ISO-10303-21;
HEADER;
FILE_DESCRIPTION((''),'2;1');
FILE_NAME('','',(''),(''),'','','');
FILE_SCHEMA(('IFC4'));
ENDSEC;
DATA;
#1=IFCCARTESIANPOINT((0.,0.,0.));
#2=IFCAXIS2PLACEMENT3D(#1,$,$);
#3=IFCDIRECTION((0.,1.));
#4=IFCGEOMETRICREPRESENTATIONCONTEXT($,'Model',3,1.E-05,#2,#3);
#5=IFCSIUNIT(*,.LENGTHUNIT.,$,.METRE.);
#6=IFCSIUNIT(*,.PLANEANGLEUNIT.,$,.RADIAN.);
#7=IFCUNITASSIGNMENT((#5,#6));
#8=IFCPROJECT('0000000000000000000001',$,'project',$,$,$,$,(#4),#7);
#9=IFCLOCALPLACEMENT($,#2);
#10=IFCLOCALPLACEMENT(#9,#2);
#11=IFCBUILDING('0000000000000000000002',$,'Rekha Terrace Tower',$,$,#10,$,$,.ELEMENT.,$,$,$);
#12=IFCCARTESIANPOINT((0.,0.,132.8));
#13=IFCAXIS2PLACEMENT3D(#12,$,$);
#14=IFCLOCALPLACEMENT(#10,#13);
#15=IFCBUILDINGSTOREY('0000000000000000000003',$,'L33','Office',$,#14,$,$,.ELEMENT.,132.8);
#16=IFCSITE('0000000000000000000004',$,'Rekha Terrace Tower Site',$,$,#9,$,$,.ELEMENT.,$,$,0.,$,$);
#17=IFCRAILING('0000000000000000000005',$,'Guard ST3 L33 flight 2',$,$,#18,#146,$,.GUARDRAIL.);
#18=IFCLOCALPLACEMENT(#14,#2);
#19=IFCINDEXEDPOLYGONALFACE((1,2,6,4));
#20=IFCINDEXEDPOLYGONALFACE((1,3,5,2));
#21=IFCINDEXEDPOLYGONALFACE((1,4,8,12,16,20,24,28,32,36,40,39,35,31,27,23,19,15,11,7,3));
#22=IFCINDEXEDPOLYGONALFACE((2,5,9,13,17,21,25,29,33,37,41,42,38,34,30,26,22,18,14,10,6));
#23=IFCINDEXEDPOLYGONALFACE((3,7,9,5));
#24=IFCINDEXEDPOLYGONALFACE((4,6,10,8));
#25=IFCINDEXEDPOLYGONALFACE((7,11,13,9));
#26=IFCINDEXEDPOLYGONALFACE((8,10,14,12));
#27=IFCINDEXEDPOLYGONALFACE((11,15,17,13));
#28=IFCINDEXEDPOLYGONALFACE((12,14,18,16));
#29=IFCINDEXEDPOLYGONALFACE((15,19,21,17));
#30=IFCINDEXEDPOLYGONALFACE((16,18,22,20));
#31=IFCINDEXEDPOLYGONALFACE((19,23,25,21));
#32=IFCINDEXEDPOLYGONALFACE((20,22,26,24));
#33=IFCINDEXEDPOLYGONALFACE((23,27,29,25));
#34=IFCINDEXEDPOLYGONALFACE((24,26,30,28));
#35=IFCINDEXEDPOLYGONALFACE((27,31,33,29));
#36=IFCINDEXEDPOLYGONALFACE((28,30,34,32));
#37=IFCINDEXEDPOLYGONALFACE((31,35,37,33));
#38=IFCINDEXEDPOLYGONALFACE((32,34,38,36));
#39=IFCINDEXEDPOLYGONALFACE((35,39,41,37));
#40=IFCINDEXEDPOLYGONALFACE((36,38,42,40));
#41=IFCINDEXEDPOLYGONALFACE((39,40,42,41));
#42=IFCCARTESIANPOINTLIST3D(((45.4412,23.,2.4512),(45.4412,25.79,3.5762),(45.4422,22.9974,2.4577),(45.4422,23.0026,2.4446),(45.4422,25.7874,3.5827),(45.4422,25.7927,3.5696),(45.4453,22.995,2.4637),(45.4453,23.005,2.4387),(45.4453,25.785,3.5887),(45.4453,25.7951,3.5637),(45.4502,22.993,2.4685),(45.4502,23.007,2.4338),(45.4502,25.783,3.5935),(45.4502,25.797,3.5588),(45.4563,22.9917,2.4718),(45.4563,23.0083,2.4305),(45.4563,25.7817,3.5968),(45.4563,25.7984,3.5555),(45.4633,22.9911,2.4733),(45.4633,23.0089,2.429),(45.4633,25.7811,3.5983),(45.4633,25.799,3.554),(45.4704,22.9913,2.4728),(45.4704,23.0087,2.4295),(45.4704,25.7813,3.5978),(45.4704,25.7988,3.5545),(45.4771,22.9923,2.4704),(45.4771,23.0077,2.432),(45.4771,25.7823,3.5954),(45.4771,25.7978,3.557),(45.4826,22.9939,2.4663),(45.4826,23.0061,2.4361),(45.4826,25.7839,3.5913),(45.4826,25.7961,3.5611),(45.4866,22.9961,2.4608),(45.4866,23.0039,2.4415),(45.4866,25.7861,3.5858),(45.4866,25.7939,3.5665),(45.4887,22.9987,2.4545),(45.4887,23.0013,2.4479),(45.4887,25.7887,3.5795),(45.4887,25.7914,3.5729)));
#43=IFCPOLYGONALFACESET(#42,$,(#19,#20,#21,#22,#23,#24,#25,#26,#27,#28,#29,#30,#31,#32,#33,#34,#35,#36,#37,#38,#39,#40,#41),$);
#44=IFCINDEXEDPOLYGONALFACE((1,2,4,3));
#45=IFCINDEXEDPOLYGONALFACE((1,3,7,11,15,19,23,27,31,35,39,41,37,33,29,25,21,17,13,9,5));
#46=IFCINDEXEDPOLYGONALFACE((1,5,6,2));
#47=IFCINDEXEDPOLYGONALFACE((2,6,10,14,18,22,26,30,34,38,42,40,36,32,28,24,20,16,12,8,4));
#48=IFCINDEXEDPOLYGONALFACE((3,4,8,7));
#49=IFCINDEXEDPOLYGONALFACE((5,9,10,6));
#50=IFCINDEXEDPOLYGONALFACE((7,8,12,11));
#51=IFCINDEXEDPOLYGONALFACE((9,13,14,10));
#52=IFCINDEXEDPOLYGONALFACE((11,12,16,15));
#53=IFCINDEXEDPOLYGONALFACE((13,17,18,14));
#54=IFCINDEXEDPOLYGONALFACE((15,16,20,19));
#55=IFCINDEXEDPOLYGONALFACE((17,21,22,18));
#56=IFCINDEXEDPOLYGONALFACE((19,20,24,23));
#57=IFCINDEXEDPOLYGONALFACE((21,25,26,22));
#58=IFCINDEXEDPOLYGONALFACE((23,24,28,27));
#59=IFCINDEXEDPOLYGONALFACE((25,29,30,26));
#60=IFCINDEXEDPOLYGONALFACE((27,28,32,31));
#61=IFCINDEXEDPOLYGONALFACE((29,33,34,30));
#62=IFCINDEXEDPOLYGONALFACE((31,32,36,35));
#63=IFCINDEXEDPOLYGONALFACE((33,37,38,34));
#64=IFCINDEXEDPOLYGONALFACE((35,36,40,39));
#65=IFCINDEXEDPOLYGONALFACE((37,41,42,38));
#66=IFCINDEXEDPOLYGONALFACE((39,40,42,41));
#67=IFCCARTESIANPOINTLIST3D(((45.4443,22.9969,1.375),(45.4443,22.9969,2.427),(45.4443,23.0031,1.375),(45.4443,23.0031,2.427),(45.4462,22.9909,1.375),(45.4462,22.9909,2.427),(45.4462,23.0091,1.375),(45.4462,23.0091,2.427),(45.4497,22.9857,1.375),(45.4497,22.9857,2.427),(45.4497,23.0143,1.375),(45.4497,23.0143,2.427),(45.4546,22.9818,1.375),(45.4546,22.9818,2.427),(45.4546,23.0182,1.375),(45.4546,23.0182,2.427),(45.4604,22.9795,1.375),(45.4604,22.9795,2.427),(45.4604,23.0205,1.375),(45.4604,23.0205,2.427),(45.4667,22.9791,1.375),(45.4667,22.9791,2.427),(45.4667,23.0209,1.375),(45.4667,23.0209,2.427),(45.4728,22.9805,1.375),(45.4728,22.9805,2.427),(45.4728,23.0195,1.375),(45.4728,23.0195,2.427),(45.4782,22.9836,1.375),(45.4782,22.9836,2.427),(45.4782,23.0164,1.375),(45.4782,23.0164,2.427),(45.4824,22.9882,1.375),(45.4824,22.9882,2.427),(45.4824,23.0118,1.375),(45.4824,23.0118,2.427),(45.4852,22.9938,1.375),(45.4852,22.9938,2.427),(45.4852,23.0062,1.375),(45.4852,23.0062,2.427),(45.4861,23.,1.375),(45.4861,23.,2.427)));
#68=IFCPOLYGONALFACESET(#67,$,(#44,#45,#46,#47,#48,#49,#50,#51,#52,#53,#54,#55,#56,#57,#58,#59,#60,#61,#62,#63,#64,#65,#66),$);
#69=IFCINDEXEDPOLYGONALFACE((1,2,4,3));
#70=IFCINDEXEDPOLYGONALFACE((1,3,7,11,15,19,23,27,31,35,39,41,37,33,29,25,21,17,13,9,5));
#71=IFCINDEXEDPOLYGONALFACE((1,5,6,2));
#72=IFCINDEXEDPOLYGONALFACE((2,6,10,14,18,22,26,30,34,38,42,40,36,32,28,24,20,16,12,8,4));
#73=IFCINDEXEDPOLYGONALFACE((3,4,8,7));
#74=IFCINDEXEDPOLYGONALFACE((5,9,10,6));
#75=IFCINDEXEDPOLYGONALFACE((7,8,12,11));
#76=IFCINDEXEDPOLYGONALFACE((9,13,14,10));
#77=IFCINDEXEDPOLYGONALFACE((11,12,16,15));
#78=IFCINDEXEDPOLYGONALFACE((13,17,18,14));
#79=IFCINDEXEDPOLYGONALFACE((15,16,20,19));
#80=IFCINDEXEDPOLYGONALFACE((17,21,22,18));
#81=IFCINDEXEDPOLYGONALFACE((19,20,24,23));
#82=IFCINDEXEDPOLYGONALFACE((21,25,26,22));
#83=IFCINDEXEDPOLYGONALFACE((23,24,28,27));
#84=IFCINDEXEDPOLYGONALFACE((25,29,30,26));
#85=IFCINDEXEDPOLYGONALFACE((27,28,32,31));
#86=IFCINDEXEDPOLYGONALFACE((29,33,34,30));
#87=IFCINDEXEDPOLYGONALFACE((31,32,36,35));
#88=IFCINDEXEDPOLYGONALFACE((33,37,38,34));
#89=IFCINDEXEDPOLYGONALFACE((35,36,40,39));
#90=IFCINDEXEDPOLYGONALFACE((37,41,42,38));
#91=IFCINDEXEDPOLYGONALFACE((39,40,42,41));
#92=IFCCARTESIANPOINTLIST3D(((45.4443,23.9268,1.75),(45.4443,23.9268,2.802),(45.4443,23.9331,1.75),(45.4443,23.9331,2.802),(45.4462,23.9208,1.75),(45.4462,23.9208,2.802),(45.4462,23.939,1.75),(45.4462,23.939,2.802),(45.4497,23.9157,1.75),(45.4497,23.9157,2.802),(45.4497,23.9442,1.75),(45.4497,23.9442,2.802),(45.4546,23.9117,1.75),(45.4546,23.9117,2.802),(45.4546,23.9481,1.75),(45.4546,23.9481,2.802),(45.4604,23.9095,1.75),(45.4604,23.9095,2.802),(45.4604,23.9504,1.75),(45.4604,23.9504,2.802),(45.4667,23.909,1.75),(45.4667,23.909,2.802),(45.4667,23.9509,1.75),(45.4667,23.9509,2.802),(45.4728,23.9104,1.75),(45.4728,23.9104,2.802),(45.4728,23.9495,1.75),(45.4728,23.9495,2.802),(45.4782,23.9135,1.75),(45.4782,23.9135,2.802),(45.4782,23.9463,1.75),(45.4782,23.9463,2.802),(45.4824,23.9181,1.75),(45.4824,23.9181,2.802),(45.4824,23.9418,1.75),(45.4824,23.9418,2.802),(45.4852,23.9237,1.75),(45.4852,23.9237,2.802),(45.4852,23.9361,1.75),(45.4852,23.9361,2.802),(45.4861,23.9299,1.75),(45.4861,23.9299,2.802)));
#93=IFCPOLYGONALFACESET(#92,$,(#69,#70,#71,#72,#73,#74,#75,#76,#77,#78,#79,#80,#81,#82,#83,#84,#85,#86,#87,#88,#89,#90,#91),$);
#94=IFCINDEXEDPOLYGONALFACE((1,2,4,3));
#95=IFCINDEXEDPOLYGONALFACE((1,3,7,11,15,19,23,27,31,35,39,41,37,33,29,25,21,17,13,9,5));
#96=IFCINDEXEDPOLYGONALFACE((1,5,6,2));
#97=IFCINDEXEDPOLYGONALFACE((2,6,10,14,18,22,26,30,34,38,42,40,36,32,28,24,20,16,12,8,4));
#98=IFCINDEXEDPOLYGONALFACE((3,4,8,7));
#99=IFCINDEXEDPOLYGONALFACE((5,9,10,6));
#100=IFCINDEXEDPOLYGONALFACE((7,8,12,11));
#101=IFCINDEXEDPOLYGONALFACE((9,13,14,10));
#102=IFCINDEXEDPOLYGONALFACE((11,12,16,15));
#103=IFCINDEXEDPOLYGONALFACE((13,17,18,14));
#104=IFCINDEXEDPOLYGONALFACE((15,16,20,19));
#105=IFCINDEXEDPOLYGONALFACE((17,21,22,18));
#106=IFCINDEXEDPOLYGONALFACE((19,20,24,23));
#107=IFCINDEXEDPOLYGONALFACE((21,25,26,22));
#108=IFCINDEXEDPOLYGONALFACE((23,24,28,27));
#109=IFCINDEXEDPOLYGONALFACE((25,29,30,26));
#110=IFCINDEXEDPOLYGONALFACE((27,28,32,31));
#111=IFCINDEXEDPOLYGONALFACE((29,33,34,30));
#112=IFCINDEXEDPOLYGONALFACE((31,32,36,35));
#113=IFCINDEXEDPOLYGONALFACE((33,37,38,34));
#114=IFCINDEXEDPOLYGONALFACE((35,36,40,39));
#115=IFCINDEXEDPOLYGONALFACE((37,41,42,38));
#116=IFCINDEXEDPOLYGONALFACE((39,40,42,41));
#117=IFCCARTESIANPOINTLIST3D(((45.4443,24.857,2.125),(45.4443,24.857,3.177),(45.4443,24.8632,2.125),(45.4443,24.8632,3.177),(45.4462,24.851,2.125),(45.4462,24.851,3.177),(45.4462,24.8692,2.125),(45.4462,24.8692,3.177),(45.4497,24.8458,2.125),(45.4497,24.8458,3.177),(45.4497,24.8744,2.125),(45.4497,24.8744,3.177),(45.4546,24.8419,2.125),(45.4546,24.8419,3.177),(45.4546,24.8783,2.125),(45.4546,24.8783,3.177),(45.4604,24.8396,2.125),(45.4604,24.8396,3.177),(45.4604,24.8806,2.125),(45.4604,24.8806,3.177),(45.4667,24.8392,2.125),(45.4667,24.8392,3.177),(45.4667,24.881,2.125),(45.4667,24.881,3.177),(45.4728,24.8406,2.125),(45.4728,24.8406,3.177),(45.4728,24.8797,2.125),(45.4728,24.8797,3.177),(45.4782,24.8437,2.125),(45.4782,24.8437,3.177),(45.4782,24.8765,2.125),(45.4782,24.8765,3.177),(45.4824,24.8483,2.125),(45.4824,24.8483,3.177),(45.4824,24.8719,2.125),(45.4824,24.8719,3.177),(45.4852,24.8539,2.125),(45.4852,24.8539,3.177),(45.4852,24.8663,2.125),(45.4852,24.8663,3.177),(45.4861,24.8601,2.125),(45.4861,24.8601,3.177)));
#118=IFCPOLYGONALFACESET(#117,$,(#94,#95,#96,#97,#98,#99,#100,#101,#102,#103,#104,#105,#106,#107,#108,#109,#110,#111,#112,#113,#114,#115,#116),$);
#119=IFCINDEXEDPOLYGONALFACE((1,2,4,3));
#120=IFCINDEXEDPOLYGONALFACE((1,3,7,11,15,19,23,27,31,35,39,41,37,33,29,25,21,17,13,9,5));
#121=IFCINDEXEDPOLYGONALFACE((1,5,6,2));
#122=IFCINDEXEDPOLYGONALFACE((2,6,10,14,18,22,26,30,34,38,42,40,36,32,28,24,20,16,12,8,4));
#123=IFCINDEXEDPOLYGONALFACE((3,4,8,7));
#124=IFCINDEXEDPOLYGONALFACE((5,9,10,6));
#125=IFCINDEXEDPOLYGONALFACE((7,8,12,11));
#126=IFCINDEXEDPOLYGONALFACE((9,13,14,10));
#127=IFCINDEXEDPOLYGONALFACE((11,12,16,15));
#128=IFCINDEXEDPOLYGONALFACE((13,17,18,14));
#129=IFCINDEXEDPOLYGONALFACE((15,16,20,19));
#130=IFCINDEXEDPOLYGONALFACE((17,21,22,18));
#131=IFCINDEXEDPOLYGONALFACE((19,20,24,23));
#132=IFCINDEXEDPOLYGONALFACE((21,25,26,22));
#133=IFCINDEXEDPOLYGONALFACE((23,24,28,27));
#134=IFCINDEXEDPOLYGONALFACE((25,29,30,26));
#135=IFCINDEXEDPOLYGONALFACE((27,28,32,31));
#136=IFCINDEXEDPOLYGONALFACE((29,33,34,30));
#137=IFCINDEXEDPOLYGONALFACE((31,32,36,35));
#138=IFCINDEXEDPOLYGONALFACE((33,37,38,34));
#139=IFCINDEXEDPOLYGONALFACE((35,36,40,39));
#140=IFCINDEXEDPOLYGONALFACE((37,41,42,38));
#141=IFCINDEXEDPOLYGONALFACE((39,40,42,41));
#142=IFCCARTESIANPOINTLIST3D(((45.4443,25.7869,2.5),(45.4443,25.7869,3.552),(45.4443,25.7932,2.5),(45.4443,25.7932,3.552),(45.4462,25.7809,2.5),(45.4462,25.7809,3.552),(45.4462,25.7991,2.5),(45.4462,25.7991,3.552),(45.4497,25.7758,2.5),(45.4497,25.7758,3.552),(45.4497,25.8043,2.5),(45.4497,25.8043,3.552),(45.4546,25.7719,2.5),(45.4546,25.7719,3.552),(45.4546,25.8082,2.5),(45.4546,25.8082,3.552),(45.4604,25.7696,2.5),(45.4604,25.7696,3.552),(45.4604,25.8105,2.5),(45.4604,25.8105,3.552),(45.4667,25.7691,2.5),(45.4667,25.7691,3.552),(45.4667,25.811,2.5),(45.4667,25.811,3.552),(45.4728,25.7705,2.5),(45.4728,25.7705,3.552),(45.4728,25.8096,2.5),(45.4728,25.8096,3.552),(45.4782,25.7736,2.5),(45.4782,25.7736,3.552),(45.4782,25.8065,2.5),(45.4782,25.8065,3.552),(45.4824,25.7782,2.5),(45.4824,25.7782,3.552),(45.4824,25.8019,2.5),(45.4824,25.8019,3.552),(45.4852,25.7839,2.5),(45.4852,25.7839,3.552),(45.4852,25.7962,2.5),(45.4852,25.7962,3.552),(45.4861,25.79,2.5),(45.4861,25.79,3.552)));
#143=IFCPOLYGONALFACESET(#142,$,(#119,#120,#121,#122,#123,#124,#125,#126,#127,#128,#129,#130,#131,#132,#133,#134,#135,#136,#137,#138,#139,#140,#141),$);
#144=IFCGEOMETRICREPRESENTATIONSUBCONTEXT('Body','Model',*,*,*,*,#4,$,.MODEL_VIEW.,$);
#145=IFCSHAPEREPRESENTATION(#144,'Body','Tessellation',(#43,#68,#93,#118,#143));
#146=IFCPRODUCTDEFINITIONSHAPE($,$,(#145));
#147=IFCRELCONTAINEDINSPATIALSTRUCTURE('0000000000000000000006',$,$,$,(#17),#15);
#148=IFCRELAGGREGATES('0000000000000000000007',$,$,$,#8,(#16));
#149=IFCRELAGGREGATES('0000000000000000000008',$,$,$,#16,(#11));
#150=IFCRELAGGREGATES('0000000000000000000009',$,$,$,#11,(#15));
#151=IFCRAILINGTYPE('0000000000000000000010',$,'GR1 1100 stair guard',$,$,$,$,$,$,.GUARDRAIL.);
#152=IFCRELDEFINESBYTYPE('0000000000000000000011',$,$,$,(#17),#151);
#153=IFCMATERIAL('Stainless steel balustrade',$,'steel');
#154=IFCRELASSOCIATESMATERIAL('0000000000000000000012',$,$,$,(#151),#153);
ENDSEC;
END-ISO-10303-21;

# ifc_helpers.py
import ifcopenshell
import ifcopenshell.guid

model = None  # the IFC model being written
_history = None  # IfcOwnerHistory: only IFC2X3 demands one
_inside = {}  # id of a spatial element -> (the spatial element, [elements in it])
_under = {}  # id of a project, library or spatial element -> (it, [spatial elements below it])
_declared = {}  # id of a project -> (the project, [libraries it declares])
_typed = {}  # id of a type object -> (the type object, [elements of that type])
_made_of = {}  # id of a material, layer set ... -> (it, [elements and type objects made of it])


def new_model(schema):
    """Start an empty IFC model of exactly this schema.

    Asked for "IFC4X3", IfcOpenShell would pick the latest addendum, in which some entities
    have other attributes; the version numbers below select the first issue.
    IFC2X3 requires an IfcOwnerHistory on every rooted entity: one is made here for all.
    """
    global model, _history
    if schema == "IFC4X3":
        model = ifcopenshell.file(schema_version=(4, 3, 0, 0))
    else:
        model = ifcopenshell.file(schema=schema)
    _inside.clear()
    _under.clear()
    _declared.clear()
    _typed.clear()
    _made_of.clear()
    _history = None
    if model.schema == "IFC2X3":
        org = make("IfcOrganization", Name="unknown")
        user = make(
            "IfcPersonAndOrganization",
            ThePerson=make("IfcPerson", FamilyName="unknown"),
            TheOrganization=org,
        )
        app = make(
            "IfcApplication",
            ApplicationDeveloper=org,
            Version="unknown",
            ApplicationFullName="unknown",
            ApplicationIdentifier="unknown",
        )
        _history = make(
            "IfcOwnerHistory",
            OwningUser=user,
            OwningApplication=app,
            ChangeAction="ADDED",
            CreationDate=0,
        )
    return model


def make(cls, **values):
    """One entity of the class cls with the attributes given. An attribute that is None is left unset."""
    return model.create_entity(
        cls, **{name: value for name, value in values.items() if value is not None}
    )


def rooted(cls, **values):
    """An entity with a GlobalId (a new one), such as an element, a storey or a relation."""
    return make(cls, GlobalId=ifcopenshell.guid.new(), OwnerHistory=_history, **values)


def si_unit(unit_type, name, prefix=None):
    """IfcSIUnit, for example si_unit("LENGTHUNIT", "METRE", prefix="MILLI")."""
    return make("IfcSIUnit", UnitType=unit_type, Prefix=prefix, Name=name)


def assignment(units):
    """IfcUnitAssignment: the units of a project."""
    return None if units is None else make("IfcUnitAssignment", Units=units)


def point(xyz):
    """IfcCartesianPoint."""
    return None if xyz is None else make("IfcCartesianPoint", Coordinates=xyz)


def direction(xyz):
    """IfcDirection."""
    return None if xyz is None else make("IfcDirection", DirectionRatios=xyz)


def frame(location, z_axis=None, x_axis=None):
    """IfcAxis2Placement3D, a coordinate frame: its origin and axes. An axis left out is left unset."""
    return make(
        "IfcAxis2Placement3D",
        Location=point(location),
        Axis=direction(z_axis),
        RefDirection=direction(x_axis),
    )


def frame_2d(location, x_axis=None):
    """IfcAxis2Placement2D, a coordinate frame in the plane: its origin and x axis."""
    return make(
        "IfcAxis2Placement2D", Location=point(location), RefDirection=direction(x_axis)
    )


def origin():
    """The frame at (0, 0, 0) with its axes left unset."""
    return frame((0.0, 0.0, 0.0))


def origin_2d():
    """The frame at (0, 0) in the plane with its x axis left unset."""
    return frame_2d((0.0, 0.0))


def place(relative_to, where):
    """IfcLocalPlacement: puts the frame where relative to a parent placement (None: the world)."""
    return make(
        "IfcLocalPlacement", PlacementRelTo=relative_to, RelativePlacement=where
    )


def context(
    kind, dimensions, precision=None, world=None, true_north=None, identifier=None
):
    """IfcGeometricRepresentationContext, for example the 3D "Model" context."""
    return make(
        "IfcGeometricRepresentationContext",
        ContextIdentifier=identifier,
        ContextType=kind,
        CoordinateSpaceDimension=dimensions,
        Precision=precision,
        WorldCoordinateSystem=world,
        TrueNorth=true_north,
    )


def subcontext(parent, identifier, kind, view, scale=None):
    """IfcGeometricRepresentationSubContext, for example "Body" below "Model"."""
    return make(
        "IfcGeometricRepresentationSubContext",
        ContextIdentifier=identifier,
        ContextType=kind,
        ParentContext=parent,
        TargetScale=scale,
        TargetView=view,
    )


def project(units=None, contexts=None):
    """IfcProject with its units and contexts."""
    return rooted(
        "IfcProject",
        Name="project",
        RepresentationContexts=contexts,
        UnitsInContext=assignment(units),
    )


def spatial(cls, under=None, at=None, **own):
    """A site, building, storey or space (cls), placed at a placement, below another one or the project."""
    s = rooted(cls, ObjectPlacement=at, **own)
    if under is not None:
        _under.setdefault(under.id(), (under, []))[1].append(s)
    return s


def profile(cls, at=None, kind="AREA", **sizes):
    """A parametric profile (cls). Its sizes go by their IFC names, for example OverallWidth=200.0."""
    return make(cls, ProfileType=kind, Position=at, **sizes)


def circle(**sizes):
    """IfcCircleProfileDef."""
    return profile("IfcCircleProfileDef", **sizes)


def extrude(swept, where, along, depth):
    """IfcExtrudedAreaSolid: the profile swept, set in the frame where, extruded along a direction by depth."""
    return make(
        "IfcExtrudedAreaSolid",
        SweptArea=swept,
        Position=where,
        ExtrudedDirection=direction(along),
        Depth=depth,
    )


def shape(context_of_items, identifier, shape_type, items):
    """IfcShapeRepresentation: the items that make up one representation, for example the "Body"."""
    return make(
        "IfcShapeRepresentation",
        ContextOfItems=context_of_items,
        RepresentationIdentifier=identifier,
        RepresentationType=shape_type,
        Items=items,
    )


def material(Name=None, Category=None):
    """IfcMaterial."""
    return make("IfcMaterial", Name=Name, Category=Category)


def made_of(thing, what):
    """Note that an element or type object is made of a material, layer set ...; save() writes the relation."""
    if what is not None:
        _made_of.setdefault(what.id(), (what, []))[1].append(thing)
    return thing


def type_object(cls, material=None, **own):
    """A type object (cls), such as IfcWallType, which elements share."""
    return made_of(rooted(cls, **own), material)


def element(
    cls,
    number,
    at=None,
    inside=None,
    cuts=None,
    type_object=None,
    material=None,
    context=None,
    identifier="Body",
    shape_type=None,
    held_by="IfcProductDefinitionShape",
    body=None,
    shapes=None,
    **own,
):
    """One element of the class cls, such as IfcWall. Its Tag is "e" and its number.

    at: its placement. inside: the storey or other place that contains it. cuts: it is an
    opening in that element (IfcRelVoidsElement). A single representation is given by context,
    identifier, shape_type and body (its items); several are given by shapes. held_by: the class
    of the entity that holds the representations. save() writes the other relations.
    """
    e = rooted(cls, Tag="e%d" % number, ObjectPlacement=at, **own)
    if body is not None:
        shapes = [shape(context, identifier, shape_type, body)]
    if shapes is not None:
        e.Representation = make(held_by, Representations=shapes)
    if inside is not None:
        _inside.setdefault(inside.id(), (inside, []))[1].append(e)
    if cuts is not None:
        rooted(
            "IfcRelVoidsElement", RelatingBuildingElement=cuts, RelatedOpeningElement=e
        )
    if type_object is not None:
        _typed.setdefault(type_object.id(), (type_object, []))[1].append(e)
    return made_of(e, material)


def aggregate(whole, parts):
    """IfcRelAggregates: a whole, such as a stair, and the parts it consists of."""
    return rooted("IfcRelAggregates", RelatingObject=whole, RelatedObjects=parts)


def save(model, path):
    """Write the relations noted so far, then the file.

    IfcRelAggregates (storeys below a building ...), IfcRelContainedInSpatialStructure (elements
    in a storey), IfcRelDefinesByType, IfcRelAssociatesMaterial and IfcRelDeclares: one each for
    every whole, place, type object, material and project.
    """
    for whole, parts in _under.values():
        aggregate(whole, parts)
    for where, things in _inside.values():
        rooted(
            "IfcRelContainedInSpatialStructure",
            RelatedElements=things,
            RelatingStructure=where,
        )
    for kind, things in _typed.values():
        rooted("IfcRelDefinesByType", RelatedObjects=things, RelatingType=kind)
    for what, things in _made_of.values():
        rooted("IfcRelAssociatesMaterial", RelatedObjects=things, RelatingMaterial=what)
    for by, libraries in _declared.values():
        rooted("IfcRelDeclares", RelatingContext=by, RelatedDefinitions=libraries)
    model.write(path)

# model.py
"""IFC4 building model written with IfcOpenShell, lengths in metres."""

from ifc_helpers import new_model, si_unit, direction, frame, origin, origin_2d, place, context, subcontext, project, spatial, circle, extrude, material, type_object, element, save


model = new_model("IFC4")

# Units and contexts
model_context = context("Model", 3, precision=1e-05, world=origin(), true_north=direction((0.0, 1.0)))
body_context = subcontext(model_context, "Body", "Model", "MODEL_VIEW")
ifc_project = project(units=[si_unit("LENGTHUNIT", "METRE"), si_unit("PLANEANGLEUNIT", "RADIAN")], contexts=[model_context])

# Site, building, storey
site_placement = place(None, origin())
site = spatial("IfcSite", under=ifc_project, at=site_placement, Name="Rekha Terrace Tower Site", CompositionType="ELEMENT", RefElevation=0.0)
building_placement = place(site_placement, origin())
building = spatial("IfcBuilding", under=site, at=building_placement, Name="Rekha Terrace Tower", CompositionType="ELEMENT")
storey_placement = place(building_placement, frame((0.0, 0.0, 132.8)))
storey = spatial("IfcBuildingStorey", under=building, at=storey_placement, Name="L33", Description="Office", CompositionType="ELEMENT", Elevation=132.8)

# Railing
ifc_material_1 = material(Name="Stainless steel balustrade", Category="steel")
railing_type_1 = type_object("IfcRailingType", Name="GR1 1100 stair guard", PredefinedType="GUARDRAIL", material=ifc_material_1)
railing_1_placement = place(storey_placement, frame((45.4651, 23.0, 1.375)))
element("IfcRailing", 1, at=railing_1_placement, inside=storey, type_object=railing_type_1, Name="Guard ST3 L33 flight 2", PredefinedType="GUARDRAIL", context=body_context, shape_type="SweptSolid", body=[
    extrude(circle(Radius=0.0239, at=origin_2d()), frame((0.0, 0.0, 1.0762), z_axis=(0.0, 0.927443, 0.373964), x_axis=(-1.0, 0.0, 0.0)), (0.0, 0.0, 1.0), 3.0083),
    extrude(circle(Radius=0.021, at=origin_2d()), origin(), (0.0, 0.0, 1.0), 1.052),
    extrude(circle(Radius=0.021, at=origin_2d()), frame((0.0, 0.9299, 0.375)), (0.0, 0.0, 1.0), 1.052),
    extrude(circle(Radius=0.021, at=origin_2d()), frame((0.0, 1.8601, 0.75)), (0.0, 0.0, 1.0), 1.052),
    extrude(circle(Radius=0.021, at=origin_2d()), frame((0.0, 2.79, 1.125)), (0.0, 0.0, 1.0), 1.052),
])

save(model, "model.ifc")
